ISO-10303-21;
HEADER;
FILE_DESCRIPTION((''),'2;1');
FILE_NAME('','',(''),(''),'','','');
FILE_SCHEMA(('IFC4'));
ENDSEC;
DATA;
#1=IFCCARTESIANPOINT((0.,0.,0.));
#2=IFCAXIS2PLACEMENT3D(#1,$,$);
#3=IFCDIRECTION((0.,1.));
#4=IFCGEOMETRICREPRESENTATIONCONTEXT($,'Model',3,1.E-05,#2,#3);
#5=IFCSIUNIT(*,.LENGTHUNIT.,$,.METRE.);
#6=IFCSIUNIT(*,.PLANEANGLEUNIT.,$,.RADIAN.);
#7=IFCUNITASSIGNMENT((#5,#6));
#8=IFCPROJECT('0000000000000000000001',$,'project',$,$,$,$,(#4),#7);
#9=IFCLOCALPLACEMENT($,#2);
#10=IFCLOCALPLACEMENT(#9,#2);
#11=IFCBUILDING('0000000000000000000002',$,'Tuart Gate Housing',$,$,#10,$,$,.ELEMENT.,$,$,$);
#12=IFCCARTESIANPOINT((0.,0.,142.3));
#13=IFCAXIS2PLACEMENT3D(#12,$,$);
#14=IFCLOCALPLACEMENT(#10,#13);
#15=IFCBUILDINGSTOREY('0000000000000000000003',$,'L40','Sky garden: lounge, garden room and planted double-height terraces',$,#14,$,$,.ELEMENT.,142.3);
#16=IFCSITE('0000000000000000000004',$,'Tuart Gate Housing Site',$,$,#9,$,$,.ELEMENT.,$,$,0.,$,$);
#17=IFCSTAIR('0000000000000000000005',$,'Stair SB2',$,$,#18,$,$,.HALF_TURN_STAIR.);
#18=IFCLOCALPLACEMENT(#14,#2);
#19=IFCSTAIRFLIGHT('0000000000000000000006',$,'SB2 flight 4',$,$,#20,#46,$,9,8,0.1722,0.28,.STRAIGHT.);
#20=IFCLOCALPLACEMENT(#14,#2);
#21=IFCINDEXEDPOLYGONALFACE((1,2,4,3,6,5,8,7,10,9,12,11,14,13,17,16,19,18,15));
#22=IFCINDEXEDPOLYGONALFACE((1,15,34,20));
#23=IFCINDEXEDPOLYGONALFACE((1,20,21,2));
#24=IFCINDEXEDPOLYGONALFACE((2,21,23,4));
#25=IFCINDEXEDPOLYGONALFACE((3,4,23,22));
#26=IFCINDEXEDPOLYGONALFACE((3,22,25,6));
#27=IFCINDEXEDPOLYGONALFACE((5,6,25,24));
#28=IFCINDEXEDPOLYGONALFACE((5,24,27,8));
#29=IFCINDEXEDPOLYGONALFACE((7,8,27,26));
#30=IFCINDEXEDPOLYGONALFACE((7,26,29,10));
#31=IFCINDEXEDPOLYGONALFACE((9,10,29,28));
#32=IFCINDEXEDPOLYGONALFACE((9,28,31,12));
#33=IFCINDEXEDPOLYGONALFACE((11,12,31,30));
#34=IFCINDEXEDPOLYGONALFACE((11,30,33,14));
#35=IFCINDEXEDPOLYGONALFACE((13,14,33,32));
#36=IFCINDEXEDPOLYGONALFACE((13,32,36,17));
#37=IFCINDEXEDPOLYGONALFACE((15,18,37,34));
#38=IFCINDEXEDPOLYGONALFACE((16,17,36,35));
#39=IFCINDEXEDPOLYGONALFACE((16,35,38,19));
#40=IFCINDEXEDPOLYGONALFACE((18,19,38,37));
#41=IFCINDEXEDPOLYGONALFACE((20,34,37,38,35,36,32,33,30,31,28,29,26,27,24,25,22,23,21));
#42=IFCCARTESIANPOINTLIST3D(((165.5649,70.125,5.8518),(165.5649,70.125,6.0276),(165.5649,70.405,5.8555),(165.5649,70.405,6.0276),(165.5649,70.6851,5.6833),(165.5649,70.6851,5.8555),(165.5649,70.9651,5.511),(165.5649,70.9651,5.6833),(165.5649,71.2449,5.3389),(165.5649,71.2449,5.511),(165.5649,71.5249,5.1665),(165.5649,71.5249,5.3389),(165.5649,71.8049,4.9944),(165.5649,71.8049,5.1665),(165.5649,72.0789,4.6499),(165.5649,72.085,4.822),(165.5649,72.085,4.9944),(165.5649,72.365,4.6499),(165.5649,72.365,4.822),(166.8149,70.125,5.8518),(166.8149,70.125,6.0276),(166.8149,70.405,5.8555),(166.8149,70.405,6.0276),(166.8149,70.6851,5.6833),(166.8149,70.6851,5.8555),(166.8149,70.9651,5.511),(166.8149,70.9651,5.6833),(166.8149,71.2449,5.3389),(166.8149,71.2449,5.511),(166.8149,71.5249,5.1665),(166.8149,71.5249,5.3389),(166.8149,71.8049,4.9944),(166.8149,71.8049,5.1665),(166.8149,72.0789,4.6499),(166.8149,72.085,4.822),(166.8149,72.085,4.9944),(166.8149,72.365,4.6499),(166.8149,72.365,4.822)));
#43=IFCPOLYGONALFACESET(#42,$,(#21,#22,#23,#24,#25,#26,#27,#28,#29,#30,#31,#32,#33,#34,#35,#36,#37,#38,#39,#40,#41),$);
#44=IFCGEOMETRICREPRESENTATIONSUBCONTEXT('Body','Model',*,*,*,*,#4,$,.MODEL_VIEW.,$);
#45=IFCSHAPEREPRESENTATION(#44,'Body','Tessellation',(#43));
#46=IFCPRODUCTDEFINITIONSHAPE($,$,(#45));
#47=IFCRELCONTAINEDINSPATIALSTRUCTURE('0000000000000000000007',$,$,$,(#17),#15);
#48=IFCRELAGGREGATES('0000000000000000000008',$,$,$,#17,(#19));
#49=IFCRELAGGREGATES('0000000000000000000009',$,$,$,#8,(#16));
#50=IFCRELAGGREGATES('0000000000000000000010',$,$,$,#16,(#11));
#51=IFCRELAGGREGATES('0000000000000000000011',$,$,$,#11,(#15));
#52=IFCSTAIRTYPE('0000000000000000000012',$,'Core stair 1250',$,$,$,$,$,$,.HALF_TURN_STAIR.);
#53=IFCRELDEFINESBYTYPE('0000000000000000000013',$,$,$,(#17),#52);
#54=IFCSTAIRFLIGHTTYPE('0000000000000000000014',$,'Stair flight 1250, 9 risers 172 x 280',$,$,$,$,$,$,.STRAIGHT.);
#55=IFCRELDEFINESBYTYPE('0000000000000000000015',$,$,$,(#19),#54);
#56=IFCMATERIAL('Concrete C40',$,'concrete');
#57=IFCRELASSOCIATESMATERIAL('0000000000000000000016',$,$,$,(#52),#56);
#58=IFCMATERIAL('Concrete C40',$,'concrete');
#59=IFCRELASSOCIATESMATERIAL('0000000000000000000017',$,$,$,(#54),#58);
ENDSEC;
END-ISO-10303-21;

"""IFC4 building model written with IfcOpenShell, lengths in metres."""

from ifc_helpers import new_model, si_unit, direction, frame, origin, place, context, subcontext, project, spatial, polyline, outline, extrude, material, type_object, element, aggregate, save


model = new_model("IFC4")

# Units and contexts
model_context = context("Model", 3, precision=1e-05, world=origin(), true_north=direction((0.0, 1.0)))
body_context = subcontext(model_context, "Body", "Model", "MODEL_VIEW")
ifc_project = project(units=[si_unit("LENGTHUNIT", "METRE"), si_unit("PLANEANGLEUNIT", "RADIAN")], contexts=[model_context])

# Site, building, storey
site_placement = place(None, origin())
site = spatial("IfcSite", under=ifc_project, at=site_placement, Name="Tuart Gate Housing Site", CompositionType="ELEMENT", RefElevation=0.0)
building_placement = place(site_placement, origin())
building = spatial("IfcBuilding", under=site, at=building_placement, Name="Tuart Gate Housing", CompositionType="ELEMENT")
storey_placement = place(building_placement, frame((0.0, 0.0, 142.3)))
storey = spatial("IfcBuildingStorey", under=building, at=storey_placement, Name="L40", Description="Sky garden: lounge, garden room and planted double-height terraces", CompositionType="ELEMENT", Elevation=142.3)

# Stair, stair flight
ifc_material_1 = material(Name="Concrete C40", Category="concrete")
stair_type = type_object("IfcStairType", Name="Core stair 1250", PredefinedType="HALF_TURN_STAIR", material=ifc_material_1)
stair_placement = place(storey_placement, origin())
stair = element("IfcStair", 1, at=stair_placement, inside=storey, type_object=stair_type, Name="Stair SB2", PredefinedType="HALF_TURN_STAIR")
ifc_material_2 = material(Name="Concrete C40", Category="concrete")
stair_flight_type = type_object("IfcStairFlightType", Name="Stair flight 1250, 9 risers 172 x 280", PredefinedType="STRAIGHT", material=ifc_material_2)
stair_flight_1_placement = place(storey_placement, frame((166.1899, 72.365, 4.6499), z_axis=(0.0, 0.0, 1.0), x_axis=(0.0, -1.0, 0.0)))
stair_flight_1 = element("IfcStairFlight", 2, at=stair_flight_1_placement, type_object=stair_flight_type, Name="SB2 flight 4", NumberOfRisers=9, NumberOfTreads=8, PredefinedType="STRAIGHT", RiserHeight=0.1722, TreadLength=0.28, context=body_context, shape_type="SweptSolid", body=[
    extrude(outline(polyline([(0.0, 0.0), (0.0, 0.1721), (0.28, 0.1721), (0.28, 0.3445), (0.5601, 0.3445), (0.5601, 0.5166), (0.8401, 0.5166), (0.8401, 0.689), (1.1201, 0.689), (1.1201, 0.8611), (1.3999, 0.8611), (1.3999, 1.0334), (1.6799, 1.0334), (1.6799, 1.2056), (1.96, 1.2056), (1.96, 1.3777), (2.24, 1.3777), (2.24, 1.55), (2.24, 1.2019), (0.2861, 0.0), (0.0, 0.0)])), frame((0.0, 0.625, 0.0), z_axis=(0.0, -1.0, 0.0), x_axis=(1.0, 0.0, 0.0)), (0.0, 0.0, 1.0), 1.25),
])
aggregate(stair, [stair_flight_1])

save(model, "model.ifc")
